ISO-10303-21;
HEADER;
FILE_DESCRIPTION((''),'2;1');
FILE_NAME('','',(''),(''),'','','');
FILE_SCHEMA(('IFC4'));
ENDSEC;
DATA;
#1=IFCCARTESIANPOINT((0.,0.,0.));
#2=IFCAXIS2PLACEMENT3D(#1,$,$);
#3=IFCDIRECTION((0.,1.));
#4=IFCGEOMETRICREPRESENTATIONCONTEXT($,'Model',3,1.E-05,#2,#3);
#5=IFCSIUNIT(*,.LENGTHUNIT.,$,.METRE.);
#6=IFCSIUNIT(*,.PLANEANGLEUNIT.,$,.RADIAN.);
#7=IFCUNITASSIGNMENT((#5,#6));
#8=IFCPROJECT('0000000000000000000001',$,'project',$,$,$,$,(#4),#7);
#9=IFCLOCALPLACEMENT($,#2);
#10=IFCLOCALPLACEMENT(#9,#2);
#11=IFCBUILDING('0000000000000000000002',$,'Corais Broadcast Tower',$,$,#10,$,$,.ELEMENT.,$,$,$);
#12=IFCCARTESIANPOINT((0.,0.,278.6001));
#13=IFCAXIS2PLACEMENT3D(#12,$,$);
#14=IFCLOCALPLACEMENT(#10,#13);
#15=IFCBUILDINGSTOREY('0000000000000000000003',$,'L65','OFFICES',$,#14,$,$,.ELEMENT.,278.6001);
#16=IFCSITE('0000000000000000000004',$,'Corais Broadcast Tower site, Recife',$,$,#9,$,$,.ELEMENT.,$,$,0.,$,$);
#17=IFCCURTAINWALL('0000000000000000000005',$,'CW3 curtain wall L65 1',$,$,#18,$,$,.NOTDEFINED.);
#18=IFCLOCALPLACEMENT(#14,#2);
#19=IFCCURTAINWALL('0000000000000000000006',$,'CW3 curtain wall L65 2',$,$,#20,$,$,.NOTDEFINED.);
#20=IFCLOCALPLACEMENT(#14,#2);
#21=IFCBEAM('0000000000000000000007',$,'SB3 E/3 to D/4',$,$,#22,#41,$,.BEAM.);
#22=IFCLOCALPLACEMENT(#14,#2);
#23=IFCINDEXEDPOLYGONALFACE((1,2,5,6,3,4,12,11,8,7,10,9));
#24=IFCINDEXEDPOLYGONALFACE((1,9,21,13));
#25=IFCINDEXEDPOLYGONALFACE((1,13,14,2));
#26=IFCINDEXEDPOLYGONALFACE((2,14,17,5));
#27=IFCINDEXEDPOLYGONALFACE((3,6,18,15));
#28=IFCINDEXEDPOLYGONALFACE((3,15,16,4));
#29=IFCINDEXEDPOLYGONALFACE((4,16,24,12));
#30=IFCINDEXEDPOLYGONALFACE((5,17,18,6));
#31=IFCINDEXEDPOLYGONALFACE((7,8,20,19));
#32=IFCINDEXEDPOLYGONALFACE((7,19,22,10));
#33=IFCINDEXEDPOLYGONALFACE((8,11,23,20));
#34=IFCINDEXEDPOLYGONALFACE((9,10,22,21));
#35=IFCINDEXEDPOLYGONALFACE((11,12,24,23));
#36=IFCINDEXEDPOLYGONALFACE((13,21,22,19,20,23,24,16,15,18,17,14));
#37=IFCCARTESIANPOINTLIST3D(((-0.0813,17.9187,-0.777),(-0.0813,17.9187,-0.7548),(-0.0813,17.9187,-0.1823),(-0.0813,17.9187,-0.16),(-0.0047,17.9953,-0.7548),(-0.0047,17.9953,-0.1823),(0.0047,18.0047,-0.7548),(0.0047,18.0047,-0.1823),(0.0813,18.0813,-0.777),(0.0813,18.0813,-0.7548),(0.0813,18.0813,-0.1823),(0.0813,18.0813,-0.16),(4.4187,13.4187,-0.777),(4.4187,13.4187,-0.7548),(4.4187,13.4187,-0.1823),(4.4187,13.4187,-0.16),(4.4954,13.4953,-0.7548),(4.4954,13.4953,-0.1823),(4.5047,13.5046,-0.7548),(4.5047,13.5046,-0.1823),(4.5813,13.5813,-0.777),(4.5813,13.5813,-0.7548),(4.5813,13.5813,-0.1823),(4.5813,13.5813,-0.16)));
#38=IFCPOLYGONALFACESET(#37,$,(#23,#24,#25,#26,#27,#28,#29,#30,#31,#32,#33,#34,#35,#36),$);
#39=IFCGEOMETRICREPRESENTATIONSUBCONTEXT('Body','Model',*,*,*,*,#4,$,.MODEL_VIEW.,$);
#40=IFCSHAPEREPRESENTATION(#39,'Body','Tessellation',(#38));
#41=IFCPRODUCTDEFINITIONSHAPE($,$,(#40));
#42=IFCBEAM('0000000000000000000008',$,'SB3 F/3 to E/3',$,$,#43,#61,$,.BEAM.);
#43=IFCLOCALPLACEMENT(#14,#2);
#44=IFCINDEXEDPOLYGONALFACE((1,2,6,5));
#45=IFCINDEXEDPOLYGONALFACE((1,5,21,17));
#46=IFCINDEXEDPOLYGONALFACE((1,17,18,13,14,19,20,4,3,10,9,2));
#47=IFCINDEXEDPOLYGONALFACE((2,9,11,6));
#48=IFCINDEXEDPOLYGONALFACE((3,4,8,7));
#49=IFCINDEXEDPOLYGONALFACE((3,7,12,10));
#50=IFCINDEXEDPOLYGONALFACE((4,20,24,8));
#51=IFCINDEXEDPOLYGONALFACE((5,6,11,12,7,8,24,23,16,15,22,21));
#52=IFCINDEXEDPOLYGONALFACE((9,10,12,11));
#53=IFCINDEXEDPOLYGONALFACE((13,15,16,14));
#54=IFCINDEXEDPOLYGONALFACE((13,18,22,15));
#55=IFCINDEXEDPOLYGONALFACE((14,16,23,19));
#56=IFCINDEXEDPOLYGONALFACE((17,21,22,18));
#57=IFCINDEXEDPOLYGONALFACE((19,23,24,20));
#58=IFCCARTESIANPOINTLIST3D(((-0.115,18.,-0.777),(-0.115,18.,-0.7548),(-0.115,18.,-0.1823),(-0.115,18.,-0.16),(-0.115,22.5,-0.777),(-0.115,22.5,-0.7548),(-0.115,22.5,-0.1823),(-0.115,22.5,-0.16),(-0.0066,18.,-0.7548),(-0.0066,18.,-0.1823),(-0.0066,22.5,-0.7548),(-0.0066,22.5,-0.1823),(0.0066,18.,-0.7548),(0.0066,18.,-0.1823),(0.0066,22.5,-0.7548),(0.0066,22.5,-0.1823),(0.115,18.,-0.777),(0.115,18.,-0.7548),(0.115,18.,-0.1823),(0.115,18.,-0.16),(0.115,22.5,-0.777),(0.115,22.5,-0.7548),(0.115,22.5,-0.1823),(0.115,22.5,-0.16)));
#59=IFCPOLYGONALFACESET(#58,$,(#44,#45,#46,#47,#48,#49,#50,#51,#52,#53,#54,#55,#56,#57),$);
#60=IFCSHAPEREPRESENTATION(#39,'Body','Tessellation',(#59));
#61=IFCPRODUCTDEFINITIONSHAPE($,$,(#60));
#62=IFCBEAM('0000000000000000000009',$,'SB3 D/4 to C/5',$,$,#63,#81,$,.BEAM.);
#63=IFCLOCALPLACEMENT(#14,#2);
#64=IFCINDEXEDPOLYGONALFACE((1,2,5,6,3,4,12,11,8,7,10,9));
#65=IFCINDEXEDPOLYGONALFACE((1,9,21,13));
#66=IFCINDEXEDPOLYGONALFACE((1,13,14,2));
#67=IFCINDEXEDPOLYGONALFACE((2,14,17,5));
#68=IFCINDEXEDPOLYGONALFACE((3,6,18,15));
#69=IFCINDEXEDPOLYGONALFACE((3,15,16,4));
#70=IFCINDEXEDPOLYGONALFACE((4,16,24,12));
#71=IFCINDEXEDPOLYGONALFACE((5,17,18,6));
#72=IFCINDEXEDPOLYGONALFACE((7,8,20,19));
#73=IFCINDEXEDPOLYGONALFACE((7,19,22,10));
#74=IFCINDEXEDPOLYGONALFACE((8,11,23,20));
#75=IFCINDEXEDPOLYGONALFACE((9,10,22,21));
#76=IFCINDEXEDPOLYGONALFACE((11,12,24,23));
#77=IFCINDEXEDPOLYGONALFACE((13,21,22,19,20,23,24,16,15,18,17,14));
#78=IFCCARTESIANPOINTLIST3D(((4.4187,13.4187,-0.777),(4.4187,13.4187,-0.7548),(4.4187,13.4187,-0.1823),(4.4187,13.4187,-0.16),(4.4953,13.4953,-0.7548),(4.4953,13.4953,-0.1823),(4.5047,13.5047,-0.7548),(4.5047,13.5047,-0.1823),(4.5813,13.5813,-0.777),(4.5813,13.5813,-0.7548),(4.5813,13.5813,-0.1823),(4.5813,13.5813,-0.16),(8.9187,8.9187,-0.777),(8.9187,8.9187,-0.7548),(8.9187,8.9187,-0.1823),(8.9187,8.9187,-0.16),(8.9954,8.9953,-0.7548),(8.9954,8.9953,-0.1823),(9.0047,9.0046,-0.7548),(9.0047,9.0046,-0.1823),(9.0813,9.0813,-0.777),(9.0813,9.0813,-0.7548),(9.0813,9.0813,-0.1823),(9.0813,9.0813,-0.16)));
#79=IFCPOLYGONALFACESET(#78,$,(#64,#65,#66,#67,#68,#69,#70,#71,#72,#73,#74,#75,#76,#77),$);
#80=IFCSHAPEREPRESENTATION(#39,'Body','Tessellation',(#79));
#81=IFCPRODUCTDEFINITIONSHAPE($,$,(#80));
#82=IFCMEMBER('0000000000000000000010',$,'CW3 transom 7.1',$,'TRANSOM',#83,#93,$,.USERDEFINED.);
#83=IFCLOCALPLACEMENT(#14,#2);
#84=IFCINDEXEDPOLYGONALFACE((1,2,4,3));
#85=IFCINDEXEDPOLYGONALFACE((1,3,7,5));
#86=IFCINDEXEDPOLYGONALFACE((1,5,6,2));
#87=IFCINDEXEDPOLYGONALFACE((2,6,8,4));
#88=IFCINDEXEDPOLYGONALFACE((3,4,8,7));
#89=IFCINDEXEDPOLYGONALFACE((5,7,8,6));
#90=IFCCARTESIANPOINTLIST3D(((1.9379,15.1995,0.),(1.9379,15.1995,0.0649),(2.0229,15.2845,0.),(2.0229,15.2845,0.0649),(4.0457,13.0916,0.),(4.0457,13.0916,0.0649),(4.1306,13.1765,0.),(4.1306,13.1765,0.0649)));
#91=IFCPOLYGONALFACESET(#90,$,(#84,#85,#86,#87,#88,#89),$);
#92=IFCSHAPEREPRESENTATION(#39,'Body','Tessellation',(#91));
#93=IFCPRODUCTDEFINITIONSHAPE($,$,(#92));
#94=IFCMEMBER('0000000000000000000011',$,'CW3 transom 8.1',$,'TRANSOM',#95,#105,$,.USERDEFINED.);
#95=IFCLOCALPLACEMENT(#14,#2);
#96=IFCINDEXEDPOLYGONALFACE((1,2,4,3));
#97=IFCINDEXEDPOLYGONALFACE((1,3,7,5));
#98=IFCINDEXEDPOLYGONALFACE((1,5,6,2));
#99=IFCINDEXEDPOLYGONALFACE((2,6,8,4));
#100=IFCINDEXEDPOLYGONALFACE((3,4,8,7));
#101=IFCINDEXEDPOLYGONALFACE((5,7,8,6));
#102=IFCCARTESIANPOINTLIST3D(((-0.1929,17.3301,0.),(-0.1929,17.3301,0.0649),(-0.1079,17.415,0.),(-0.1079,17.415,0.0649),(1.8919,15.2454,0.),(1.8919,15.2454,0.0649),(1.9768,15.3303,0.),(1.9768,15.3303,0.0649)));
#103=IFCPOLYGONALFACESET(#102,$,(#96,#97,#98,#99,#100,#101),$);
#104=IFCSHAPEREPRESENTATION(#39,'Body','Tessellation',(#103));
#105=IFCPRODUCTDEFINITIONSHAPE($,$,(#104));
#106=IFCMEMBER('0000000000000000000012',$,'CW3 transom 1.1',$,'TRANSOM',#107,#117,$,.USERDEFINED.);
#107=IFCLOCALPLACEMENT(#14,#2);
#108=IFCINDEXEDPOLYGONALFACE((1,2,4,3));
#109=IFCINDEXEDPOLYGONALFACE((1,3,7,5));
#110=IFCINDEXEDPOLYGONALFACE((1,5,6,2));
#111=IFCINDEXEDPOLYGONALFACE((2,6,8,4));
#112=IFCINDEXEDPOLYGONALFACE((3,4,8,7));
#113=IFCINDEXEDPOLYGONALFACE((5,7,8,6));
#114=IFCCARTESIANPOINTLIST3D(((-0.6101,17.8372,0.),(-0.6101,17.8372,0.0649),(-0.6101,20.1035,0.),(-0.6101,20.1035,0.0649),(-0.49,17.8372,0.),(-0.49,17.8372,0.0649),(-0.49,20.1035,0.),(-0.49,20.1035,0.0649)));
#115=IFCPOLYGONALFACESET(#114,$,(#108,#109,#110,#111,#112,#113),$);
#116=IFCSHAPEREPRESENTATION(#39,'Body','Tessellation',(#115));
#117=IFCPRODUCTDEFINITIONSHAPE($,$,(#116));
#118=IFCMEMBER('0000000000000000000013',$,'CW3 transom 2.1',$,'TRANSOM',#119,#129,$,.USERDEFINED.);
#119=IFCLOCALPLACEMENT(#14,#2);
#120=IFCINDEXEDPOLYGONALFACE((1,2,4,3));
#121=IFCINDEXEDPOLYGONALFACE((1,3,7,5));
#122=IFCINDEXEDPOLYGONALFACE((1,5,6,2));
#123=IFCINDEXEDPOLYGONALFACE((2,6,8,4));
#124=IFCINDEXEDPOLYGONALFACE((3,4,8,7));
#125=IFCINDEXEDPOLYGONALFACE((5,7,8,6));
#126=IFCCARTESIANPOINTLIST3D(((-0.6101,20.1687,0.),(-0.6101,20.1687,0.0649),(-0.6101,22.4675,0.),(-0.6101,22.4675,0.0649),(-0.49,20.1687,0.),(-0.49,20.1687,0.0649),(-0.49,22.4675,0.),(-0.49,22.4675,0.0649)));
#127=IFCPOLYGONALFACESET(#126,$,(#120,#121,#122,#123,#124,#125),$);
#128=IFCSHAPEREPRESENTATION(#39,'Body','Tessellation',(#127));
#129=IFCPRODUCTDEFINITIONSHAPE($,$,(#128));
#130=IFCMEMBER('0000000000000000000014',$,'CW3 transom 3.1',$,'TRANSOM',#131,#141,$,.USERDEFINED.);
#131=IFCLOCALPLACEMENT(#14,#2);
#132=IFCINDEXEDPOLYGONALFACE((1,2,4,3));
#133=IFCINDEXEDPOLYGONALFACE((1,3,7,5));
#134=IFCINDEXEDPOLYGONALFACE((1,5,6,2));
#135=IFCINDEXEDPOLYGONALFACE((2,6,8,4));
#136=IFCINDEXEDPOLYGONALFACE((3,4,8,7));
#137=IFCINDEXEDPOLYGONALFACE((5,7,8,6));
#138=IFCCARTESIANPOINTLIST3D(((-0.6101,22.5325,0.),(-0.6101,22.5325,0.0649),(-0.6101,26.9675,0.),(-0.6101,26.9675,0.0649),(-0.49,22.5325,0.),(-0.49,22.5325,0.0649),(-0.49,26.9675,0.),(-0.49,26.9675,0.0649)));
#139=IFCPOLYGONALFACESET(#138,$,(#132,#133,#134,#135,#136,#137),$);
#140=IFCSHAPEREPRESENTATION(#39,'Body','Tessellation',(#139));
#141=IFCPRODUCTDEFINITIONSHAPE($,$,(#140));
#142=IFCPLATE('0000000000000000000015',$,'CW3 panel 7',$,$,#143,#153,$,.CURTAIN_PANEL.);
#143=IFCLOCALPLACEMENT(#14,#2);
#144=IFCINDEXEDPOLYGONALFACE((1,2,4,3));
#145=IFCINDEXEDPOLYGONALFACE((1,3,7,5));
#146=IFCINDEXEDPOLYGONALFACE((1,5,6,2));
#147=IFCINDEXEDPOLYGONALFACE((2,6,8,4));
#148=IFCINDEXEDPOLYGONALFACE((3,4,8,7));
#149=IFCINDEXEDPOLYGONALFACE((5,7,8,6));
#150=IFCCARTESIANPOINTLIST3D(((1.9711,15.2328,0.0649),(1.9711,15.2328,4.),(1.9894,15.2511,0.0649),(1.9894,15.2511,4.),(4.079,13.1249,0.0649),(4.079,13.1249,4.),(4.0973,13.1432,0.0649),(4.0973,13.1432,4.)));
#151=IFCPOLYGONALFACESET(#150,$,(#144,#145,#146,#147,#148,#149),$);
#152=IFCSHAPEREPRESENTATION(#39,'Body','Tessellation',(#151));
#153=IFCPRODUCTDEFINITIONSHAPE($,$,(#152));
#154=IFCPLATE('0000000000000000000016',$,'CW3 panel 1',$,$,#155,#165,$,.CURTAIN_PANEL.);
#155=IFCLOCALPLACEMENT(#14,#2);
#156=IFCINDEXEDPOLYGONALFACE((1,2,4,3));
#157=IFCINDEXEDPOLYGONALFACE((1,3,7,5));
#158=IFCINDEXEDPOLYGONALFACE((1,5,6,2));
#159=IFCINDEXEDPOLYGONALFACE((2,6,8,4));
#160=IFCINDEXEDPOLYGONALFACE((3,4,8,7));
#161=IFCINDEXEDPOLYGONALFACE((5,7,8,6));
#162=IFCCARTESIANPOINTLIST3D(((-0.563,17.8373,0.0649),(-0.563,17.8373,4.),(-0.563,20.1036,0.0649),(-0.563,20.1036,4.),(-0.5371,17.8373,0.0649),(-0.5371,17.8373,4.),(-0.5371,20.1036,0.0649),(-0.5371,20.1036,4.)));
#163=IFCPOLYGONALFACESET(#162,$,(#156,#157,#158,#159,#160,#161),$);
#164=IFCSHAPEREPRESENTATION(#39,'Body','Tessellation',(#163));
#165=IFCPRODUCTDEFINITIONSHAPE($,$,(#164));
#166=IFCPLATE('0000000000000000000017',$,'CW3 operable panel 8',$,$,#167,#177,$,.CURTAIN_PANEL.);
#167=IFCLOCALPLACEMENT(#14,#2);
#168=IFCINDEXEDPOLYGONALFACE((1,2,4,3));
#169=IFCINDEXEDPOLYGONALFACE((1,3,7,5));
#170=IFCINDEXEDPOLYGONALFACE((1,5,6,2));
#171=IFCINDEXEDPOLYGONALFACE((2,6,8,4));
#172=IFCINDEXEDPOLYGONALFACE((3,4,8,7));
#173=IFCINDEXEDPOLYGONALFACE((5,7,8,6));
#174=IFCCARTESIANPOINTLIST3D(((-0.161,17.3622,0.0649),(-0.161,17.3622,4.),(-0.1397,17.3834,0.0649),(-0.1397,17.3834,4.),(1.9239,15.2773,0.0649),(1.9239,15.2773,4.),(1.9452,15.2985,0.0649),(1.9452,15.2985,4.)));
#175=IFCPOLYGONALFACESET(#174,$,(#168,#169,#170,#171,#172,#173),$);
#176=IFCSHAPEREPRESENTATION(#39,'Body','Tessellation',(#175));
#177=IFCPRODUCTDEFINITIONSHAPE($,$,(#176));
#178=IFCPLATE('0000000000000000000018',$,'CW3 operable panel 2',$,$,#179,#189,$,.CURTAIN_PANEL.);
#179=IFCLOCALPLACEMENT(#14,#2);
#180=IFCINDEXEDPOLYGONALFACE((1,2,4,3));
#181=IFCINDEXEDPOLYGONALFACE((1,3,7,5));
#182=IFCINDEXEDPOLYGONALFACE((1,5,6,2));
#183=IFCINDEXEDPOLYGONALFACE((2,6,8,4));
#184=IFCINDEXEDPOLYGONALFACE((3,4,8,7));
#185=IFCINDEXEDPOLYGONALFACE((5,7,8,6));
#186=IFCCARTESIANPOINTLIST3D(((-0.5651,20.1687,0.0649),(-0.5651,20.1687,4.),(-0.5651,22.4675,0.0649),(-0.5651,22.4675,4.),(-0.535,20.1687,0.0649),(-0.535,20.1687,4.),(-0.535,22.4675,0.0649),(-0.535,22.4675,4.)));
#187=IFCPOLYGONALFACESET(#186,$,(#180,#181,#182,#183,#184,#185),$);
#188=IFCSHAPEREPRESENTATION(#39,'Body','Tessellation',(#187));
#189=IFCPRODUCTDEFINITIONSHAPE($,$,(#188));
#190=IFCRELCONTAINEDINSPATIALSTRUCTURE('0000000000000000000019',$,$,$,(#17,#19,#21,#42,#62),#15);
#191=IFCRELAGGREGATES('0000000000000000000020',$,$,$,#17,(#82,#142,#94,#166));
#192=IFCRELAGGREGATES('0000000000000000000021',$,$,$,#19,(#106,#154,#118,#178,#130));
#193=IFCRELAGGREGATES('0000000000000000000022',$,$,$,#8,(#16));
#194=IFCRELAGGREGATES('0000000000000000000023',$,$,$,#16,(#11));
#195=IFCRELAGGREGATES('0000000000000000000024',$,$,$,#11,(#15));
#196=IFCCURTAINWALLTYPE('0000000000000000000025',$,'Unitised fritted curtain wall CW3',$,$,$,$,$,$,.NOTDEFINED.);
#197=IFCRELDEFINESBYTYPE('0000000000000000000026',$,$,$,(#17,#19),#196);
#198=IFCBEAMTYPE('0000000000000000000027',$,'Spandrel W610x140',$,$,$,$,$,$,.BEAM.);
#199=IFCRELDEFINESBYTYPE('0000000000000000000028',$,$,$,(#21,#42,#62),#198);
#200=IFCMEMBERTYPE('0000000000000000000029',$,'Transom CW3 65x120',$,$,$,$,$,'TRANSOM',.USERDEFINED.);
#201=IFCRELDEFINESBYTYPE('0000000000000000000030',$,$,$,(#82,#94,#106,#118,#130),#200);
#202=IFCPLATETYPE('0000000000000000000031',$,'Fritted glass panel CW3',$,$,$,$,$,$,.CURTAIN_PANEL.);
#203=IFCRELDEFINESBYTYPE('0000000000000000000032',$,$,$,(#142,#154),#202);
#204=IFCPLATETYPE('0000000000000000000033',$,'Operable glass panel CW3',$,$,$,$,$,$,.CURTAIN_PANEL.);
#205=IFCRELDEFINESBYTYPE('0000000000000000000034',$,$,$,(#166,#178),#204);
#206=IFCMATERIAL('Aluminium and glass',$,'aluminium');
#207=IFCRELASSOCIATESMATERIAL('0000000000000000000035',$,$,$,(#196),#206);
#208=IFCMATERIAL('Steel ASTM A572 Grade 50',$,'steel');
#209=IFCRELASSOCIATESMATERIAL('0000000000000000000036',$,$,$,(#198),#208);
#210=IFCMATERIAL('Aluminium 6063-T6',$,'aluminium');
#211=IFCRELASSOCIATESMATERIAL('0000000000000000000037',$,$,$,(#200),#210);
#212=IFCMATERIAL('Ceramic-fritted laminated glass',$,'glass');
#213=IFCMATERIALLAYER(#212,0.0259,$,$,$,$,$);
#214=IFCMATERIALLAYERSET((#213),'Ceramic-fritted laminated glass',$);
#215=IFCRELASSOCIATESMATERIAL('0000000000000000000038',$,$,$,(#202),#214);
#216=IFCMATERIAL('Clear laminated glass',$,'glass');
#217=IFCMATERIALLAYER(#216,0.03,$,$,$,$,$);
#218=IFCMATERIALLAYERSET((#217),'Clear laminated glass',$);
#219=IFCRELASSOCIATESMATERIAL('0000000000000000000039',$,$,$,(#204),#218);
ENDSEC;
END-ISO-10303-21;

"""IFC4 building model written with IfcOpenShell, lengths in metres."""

from ifc_helpers import new_model, si_unit, direction, frame, origin, origin_2d, place, context, subcontext, project, spatial, rectangle, i_section, extrude, material, layer, layer_set, material_profile, profile_set, type_object, element, aggregate, save


model = new_model("IFC4")

# Units and contexts
model_context = context("Model", 3, precision=1e-05, world=origin(), true_north=direction((0.0, 1.0)))
body_context = subcontext(model_context, "Body", "Model", "MODEL_VIEW")
ifc_project = project(units=[si_unit("LENGTHUNIT", "METRE"), si_unit("PLANEANGLEUNIT", "RADIAN")], contexts=[model_context])

# Site, building, storey
site_placement = place(None, origin())
site = spatial("IfcSite", under=ifc_project, at=site_placement, Name="Corais Broadcast Tower site, Recife", CompositionType="ELEMENT", RefElevation=0.0)
building_placement = place(site_placement, origin())
building = spatial("IfcBuilding", under=site, at=building_placement, Name="Corais Broadcast Tower", CompositionType="ELEMENT")
storey_placement = place(building_placement, frame((0.0, 0.0, 278.6001)))
storey = spatial("IfcBuildingStorey", under=building, at=storey_placement, Name="L65", Description="OFFICES", CompositionType="ELEMENT", Elevation=278.6001)

# Curtain walls
ifc_material_1 = material(Name="Aluminium and glass", Category="aluminium")
curtain_wall_type = type_object("IfcCurtainWallType", Name="Unitised fritted curtain wall CW3", PredefinedType="NOTDEFINED", material=ifc_material_1)
curtain_wall_1_placement = place(storey_placement, origin())
curtain_wall_1 = element("IfcCurtainWall", 1, at=curtain_wall_1_placement, inside=storey, type_object=curtain_wall_type, Name="CW3 curtain wall L65 1", PredefinedType="NOTDEFINED")
curtain_wall_2_placement = place(storey_placement, origin())
curtain_wall_2 = element("IfcCurtainWall", 2, at=curtain_wall_2_placement, inside=storey, type_object=curtain_wall_type, Name="CW3 curtain wall L65 2", PredefinedType="NOTDEFINED")

# Beams
ifc_material_2 = material(Name="Steel ASTM A572 Grade 50", Category="steel")
ifc_material_profile_1 = material_profile(ifc_material_2, i_section(OverallWidth=0.23, OverallDepth=0.6169, WebThickness=0.0132, FlangeThickness=0.0222, at=origin_2d()), Name="W610x140")
ifc_profile_set_1 = profile_set([ifc_material_profile_1], Name="Steel ASTM A572 Grade 50")
beam_type_1 = type_object("IfcBeamType", Name="Spandrel W610x140", PredefinedType="BEAM", material=ifc_profile_set_1)
beam_1_placement = place(storey_placement, frame((0.0, 18.0, -0.4685), z_axis=(0.707107, -0.707107, 0.0), x_axis=(0.707107, 0.707107, 0.0)))
element("IfcBeam", 3, at=beam_1_placement, inside=storey, type_object=beam_type_1, Name="SB3 E/3 to D/4", PredefinedType="BEAM", context=body_context, shape_type="SweptSolid", body=[
    extrude(i_section(OverallWidth=0.23, OverallDepth=0.6169, WebThickness=0.0132, FlangeThickness=0.0222, at=origin_2d()), origin(), (0.0, 0.0, 1.0), 6.364),
])
beam_2_placement = place(storey_placement, frame((0.0, 22.5, -0.4685), z_axis=(0.0, -1.0, 0.0), x_axis=(1.0, 0.0, 0.0)))
element("IfcBeam", 4, at=beam_2_placement, inside=storey, type_object=beam_type_1, Name="SB3 F/3 to E/3", PredefinedType="BEAM", context=body_context, shape_type="SweptSolid", body=[
    extrude(i_section(OverallWidth=0.23, OverallDepth=0.6169, WebThickness=0.0132, FlangeThickness=0.0222, at=origin_2d()), origin(), (0.0, 0.0, 1.0), 4.5),
])
beam_3_placement = place(storey_placement, frame((4.5, 13.5, -0.4685), z_axis=(0.707107, -0.707107, 0.0), x_axis=(0.707107, 0.707107, 0.0)))
element("IfcBeam", 5, at=beam_3_placement, inside=storey, type_object=beam_type_1, Name="SB3 D/4 to C/5", PredefinedType="BEAM", context=body_context, shape_type="SweptSolid", body=[
    extrude(i_section(OverallWidth=0.23, OverallDepth=0.6169, WebThickness=0.0132, FlangeThickness=0.0222, at=origin_2d()), origin(), (0.0, 0.0, 1.0), 6.364),
])

# Members
ifc_material_3 = material(Name="Aluminium 6063-T6", Category="aluminium")
ifc_material_profile_2 = material_profile(ifc_material_3, rectangle(XDim=0.1201, YDim=0.0649, at=origin_2d()), Name="Transom CW3 65x120")
ifc_profile_set_2 = profile_set([ifc_material_profile_2], Name="Aluminium 6063-T6")
member_type_1 = type_object("IfcMemberType", Name="Transom CW3 65x120", ElementType="TRANSOM", PredefinedType="USERDEFINED", material=ifc_profile_set_2)
member_1_placement = place(storey_placement, frame((4.0881, 13.134, 0.0325), z_axis=(-0.707066, 0.707148, 0.0), x_axis=(-0.707148, -0.707066, 0.0)))
member_1 = element("IfcMember", 6, at=member_1_placement, type_object=member_type_1, Name="CW3 transom 7.1", ObjectType="TRANSOM", PredefinedType="USERDEFINED", context=body_context, shape_type="SweptSolid", body=[
    extrude(rectangle(XDim=0.1201, YDim=0.0649, at=origin_2d()), origin(), (0.0, 0.0, 1.0), 2.981),
])
member_2_placement = place(storey_placement, frame((1.9343, 15.2878, 0.0325), z_axis=(-0.707107, 0.707107, 0.0), x_axis=(-0.707107, -0.707107, 0.0)))
member_2 = element("IfcMember", 7, at=member_2_placement, type_object=member_type_1, Name="CW3 transom 8.1", ObjectType="TRANSOM", PredefinedType="USERDEFINED", context=body_context, shape_type="SweptSolid", body=[
    extrude(rectangle(XDim=0.1201, YDim=0.0649, at=origin_2d()), origin(), (0.0, 0.0, 1.0), 2.9482),
])
member_3_placement = place(storey_placement, frame((-0.55, 17.8372, 0.0325), z_axis=(0.0, 1.0, 0.0), x_axis=(-1.0, 0.0, 0.0)))
member_3 = element("IfcMember", 8, at=member_3_placement, type_object=member_type_1, Name="CW3 transom 1.1", ObjectType="TRANSOM", PredefinedType="USERDEFINED", context=body_context, shape_type="SweptSolid", body=[
    extrude(rectangle(XDim=0.1201, YDim=0.0649, at=origin_2d()), origin(), (0.0, 0.0, 1.0), 2.2664),
])
member_4_placement = place(storey_placement, frame((-0.55, 20.1687, 0.0325), z_axis=(0.0, 1.0, 0.0), x_axis=(-1.0, 0.0, 0.0)))
member_4 = element("IfcMember", 9, at=member_4_placement, type_object=member_type_1, Name="CW3 transom 2.1", ObjectType="TRANSOM", PredefinedType="USERDEFINED", context=body_context, shape_type="SweptSolid", body=[
    extrude(rectangle(XDim=0.1201, YDim=0.0649, at=origin_2d()), origin(), (0.0, 0.0, 1.0), 2.2988),
])
member_5_placement = place(storey_placement, frame((-0.55, 22.5325, 0.0325), z_axis=(0.0, 1.0, 0.0), x_axis=(-1.0, 0.0, 0.0)))
member_5 = element("IfcMember", 10, at=member_5_placement, type_object=member_type_1, Name="CW3 transom 3.1", ObjectType="TRANSOM", PredefinedType="USERDEFINED", context=body_context, shape_type="SweptSolid", body=[
    extrude(rectangle(XDim=0.1201, YDim=0.0649, at=origin_2d()), origin(), (0.0, 0.0, 1.0), 4.4351),
])

# Plates
ifc_material_4 = material(Name="Ceramic-fritted laminated glass", Category="glass")
ifc_layer_1 = layer(ifc_material_4, 0.0259)
ifc_layer_set_1 = layer_set([ifc_layer_1], Name="Ceramic-fritted laminated glass")
plate_type_1 = type_object("IfcPlateType", Name="Fritted glass panel CW3", PredefinedType="CURTAIN_PANEL", material=ifc_layer_set_1)
plate_1_placement = place(storey_placement, frame((3.0342, 14.188, 0.0649), z_axis=(0.0, 0.0, 1.0), x_axis=(-0.707107, 0.707107, 0.0)))
plate_1 = element("IfcPlate", 11, at=plate_1_placement, type_object=plate_type_1, Name="CW3 panel 7", PredefinedType="CURTAIN_PANEL", context=body_context, shape_type="SweptSolid", body=[
    extrude(rectangle(XDim=2.981, YDim=0.0259, at=origin_2d()), origin(), (0.0, 0.0, 1.0), 3.9351),
])
plate_2_placement = place(storey_placement, frame((-0.55, 18.9705, 0.0649), z_axis=(0.0, 0.0, 1.0), x_axis=(0.0, 1.0, 0.0)))
plate_2 = element("IfcPlate", 12, at=plate_2_placement, type_object=plate_type_1, Name="CW3 panel 1", PredefinedType="CURTAIN_PANEL", context=body_context, shape_type="SweptSolid", body=[
    extrude(rectangle(XDim=2.2664, YDim=0.0259, at=origin_2d()), origin(), (0.0, 0.0, 1.0), 3.9351),
])
ifc_material_5 = material(Name="Clear laminated glass", Category="glass")
ifc_layer_2 = layer(ifc_material_5, 0.03)
ifc_layer_set_2 = layer_set([ifc_layer_2], Name="Clear laminated glass")
plate_type_2 = type_object("IfcPlateType", Name="Operable glass panel CW3", PredefinedType="CURTAIN_PANEL", material=ifc_layer_set_2)
plate_3_placement = place(storey_placement, frame((0.8921, 16.3303, 0.0649), z_axis=(0.0, 0.0, 1.0), x_axis=(-0.707107, 0.707107, 0.0)))
plate_3 = element("IfcPlate", 13, at=plate_3_placement, type_object=plate_type_2, Name="CW3 operable panel 8", PredefinedType="CURTAIN_PANEL", context=body_context, shape_type="SweptSolid", body=[
    extrude(rectangle(XDim=2.9485, YDim=0.03, at=origin_2d()), origin(), (0.0, 0.0, 1.0), 3.9351),
])
aggregate(curtain_wall_1, [member_1, plate_1, member_2, plate_3])
plate_4_placement = place(storey_placement, frame((-0.55, 21.3181, 0.0649), z_axis=(0.0, 0.0, 1.0), x_axis=(0.0, 1.0, 0.0)))
plate_4 = element("IfcPlate", 14, at=plate_4_placement, type_object=plate_type_2, Name="CW3 operable panel 2", PredefinedType="CURTAIN_PANEL", context=body_context, shape_type="SweptSolid", body=[
    extrude(rectangle(XDim=2.2988, YDim=0.03, at=origin_2d()), origin(), (0.0, 0.0, 1.0), 3.9351),
])
aggregate(curtain_wall_2, [member_3, plate_2, member_4, plate_4, member_5])

save(model, "model.ifc")
